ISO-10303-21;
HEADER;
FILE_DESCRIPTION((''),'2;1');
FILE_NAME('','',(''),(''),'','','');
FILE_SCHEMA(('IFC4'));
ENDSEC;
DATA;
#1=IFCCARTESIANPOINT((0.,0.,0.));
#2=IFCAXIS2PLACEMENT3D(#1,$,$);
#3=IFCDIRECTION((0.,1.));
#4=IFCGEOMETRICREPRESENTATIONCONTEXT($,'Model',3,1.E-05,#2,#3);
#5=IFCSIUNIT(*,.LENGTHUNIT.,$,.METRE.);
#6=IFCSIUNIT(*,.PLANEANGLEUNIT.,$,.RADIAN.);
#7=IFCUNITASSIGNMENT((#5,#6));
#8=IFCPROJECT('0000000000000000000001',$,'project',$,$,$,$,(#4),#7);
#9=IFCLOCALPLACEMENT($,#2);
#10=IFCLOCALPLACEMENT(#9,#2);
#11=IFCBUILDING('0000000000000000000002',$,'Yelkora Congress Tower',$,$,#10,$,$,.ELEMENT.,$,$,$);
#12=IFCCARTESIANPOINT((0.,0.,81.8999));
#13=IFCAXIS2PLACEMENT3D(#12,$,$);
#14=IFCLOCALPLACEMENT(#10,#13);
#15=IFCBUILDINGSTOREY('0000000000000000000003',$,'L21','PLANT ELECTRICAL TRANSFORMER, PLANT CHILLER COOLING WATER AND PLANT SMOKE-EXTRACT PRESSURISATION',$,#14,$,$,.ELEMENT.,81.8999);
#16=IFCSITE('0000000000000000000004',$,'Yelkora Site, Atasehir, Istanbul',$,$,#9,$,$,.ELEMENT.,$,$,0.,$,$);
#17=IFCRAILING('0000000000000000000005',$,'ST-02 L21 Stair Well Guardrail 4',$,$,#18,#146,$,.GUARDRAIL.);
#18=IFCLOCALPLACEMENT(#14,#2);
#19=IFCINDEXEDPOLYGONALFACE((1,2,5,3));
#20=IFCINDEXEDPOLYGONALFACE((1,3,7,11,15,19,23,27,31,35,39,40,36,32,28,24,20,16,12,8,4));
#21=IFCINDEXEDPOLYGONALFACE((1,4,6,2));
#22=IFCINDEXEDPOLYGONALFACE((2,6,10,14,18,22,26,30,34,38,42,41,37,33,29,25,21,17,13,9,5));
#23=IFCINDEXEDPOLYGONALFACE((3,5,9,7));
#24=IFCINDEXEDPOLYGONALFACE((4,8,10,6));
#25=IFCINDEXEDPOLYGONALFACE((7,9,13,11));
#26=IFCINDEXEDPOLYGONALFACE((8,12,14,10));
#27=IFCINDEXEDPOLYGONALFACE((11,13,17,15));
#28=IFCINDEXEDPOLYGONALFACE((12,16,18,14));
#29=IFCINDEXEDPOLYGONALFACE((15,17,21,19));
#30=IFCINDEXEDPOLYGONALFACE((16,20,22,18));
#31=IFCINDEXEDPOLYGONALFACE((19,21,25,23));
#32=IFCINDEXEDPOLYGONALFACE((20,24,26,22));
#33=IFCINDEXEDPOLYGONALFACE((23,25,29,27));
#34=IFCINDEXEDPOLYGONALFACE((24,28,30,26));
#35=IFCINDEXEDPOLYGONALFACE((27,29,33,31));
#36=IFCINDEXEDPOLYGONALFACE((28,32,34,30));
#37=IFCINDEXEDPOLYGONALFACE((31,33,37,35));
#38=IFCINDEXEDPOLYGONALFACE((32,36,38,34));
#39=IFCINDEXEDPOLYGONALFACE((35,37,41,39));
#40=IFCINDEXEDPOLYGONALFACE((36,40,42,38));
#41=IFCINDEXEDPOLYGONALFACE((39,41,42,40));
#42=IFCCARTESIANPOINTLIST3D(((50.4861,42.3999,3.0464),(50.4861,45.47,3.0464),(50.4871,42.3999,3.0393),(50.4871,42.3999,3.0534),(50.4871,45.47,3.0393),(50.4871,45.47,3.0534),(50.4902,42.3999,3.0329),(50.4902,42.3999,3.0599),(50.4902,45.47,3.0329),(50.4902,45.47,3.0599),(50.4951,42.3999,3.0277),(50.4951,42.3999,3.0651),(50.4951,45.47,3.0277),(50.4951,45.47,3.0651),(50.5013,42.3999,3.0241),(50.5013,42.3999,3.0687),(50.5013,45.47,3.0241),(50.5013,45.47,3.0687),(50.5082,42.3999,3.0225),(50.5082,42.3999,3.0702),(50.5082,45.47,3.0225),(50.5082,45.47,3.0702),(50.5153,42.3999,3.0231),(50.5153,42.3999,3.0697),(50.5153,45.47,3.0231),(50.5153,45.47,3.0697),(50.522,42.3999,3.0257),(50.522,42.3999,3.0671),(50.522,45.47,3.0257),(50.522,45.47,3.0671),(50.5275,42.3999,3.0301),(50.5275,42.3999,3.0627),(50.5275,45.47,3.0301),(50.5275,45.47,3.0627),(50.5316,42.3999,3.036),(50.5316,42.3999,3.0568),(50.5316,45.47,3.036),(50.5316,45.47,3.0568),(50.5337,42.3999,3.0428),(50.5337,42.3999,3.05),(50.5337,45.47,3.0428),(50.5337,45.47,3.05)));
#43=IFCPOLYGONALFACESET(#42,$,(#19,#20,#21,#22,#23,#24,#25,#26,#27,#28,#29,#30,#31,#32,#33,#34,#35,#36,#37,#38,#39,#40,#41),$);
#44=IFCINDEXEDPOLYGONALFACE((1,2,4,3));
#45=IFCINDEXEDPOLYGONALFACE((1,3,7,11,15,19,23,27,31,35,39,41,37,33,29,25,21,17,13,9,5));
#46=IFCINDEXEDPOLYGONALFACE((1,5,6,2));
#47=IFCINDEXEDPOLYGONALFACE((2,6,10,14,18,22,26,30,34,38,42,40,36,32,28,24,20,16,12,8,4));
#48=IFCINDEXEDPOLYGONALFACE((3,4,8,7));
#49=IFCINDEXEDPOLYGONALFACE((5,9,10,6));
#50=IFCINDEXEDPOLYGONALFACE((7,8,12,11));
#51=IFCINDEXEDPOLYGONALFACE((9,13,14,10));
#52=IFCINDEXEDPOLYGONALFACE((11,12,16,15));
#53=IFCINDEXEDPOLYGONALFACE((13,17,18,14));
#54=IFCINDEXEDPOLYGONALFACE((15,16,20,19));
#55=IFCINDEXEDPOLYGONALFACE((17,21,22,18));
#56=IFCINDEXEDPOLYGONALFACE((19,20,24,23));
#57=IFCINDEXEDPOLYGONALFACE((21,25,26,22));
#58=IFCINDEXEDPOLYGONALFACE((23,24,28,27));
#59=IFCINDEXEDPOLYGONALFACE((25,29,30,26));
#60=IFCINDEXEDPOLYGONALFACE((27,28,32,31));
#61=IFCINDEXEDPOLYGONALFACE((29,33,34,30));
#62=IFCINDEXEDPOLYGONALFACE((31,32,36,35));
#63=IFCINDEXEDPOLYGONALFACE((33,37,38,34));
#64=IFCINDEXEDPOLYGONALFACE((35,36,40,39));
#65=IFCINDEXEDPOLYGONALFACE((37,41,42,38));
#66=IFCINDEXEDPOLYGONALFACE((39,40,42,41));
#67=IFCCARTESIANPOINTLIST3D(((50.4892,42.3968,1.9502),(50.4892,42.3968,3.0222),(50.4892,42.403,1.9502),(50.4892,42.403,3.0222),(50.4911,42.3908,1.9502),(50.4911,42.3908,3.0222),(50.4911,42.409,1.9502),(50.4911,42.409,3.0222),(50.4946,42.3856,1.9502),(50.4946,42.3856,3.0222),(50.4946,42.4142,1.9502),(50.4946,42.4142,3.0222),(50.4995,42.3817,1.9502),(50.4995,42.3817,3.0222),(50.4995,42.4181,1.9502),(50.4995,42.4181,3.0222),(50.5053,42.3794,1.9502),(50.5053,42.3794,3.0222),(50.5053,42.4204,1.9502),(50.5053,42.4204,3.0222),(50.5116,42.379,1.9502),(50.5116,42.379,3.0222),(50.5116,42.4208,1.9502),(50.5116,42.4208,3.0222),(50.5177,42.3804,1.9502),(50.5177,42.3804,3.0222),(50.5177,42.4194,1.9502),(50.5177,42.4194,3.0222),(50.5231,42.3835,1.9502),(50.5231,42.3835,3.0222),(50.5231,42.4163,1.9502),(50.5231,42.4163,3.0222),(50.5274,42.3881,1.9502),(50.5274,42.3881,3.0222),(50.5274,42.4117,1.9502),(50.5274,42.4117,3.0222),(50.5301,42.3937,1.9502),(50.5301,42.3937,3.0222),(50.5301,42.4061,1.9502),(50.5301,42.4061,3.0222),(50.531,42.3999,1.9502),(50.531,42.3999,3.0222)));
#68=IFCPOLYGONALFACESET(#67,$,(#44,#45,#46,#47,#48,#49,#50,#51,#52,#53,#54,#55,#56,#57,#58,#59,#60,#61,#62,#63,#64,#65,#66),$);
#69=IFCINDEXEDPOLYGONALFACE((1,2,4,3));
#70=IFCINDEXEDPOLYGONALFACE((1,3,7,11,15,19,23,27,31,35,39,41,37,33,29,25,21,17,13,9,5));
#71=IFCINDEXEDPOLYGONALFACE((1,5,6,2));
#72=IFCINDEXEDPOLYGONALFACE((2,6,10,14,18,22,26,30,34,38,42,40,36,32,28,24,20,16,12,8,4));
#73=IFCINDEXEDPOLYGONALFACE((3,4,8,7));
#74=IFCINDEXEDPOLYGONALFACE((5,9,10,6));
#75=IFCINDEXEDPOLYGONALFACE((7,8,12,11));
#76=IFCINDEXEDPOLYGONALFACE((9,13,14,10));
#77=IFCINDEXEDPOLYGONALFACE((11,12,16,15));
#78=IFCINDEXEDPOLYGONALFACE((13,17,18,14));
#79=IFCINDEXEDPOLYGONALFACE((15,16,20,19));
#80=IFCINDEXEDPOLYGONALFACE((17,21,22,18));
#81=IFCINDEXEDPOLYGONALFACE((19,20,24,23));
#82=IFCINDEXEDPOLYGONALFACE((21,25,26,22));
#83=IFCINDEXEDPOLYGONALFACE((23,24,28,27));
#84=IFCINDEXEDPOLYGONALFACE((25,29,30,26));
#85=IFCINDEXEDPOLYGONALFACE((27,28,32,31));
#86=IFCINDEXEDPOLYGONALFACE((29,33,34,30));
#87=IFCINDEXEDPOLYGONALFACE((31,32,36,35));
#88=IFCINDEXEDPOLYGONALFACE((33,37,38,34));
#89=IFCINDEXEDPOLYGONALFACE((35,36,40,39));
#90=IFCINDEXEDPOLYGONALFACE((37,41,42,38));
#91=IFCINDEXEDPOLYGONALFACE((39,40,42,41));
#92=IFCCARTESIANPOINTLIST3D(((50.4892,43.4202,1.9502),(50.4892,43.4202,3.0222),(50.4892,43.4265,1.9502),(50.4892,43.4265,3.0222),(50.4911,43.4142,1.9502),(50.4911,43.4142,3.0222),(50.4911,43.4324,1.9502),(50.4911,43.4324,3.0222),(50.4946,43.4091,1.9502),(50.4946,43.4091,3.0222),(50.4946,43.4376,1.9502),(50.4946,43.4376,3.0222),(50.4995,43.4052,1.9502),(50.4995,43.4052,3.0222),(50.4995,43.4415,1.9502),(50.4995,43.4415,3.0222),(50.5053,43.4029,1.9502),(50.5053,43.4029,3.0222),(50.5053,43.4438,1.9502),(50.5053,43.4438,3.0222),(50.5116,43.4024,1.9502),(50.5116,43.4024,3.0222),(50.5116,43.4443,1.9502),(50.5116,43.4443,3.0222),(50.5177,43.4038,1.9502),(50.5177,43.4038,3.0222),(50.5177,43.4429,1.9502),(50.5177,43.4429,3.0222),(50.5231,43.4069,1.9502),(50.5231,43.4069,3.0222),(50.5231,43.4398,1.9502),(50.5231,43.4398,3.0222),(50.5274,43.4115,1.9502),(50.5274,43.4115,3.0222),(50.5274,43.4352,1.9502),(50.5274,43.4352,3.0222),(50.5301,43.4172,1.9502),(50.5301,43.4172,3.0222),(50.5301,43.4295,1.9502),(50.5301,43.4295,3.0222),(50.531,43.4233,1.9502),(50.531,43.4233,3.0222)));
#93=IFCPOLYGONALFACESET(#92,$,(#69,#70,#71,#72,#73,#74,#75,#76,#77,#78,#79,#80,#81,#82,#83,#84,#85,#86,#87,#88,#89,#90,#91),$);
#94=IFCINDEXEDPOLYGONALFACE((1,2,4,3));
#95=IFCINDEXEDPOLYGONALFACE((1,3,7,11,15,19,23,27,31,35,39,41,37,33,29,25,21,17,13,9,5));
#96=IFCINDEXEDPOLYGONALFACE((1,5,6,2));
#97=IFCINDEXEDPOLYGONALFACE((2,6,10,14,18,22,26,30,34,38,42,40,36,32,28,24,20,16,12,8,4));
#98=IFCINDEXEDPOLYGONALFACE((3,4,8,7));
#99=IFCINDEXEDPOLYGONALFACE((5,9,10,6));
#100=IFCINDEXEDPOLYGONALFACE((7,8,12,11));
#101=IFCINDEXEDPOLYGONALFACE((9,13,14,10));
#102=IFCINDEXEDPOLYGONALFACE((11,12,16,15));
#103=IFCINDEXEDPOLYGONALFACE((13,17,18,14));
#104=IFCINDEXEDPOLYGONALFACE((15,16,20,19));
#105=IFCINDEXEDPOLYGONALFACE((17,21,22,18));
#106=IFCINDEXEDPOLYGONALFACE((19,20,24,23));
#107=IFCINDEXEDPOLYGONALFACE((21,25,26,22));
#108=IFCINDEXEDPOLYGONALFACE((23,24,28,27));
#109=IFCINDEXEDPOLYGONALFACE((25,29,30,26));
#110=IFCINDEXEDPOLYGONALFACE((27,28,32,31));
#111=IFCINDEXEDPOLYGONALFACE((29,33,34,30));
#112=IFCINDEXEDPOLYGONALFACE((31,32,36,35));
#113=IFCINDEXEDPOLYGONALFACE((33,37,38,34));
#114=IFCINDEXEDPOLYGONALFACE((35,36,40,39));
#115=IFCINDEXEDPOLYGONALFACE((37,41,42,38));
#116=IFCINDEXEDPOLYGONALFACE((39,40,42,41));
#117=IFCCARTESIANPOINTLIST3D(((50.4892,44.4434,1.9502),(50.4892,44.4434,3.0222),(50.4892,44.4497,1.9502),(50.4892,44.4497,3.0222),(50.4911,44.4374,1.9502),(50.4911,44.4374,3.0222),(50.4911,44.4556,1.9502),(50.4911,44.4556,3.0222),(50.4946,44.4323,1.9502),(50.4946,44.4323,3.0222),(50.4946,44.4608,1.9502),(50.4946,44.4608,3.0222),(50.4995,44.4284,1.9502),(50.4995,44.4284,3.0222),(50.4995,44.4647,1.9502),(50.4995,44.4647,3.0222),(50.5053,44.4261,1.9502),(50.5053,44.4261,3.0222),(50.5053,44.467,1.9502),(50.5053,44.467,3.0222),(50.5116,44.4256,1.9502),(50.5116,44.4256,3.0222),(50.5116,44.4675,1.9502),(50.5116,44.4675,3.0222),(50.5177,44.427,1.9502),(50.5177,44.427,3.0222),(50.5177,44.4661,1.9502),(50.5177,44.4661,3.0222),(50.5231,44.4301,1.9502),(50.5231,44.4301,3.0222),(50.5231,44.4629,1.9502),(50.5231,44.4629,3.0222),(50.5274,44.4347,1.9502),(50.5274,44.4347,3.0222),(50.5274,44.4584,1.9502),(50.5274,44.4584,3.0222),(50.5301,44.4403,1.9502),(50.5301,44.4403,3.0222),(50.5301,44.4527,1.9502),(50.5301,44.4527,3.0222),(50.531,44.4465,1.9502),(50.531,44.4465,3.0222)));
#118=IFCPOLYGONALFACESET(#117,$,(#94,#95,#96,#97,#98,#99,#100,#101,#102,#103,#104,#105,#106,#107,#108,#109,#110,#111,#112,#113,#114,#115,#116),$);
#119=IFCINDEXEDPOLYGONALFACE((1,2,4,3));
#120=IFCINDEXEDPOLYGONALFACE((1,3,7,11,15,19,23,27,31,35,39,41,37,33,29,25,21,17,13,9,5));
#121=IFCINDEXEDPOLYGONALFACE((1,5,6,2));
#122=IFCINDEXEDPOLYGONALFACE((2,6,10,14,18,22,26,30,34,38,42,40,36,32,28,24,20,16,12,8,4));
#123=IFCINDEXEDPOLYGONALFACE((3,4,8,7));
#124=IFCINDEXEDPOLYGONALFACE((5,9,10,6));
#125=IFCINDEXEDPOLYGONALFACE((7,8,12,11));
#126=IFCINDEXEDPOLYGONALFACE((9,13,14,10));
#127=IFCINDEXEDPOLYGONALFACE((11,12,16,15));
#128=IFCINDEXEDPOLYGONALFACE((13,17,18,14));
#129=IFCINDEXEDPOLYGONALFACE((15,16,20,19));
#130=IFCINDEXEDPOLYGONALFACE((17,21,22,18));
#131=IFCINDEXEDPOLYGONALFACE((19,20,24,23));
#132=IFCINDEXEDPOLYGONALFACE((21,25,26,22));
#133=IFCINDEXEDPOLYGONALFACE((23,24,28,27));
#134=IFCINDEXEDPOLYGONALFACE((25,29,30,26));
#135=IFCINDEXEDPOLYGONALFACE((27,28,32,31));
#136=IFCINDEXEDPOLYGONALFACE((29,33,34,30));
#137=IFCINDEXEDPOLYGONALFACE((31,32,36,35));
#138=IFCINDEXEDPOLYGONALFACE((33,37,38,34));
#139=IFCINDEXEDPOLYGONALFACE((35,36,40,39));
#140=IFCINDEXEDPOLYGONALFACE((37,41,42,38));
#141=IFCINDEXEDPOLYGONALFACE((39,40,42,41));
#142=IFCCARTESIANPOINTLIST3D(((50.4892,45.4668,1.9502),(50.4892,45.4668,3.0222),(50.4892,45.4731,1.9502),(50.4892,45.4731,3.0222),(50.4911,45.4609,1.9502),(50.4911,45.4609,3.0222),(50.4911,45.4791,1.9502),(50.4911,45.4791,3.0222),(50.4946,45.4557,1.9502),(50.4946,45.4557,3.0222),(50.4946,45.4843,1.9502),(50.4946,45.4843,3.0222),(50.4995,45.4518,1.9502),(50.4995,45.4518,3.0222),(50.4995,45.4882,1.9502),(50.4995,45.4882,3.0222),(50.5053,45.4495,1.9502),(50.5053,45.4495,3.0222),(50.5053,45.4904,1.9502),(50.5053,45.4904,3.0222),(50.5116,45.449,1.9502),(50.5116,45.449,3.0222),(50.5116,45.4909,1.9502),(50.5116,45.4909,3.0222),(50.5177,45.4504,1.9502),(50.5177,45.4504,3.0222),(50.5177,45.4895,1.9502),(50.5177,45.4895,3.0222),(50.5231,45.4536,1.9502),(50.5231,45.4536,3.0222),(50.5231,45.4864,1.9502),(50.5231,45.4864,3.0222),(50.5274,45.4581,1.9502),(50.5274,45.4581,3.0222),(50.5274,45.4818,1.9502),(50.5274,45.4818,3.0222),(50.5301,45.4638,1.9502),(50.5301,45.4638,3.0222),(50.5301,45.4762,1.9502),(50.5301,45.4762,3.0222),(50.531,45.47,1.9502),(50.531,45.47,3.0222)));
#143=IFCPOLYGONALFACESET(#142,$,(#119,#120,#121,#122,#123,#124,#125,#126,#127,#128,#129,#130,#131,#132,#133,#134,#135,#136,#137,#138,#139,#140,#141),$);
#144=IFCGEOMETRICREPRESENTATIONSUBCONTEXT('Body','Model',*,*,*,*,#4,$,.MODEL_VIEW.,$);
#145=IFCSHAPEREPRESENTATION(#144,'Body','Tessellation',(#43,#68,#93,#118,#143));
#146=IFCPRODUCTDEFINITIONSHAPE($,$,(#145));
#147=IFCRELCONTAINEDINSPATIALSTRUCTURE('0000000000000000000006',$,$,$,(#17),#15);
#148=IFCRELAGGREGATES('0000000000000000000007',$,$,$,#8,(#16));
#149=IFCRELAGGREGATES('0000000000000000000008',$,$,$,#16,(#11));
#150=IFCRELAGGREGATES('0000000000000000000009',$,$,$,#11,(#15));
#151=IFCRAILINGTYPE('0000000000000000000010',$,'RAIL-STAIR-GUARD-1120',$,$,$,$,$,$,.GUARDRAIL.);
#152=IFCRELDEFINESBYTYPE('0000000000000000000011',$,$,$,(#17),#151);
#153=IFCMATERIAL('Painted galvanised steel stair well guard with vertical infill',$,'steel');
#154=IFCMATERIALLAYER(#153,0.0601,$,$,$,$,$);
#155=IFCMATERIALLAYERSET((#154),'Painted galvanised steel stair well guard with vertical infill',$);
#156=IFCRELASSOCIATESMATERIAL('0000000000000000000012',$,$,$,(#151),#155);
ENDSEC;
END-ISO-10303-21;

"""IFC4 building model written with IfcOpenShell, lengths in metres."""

from ifc_helpers import new_model, si_unit, direction, frame, origin, origin_2d, place, context, subcontext, project, spatial, circle, extrude, material, layer, layer_set, type_object, element, save


model = new_model("IFC4")

# Units and contexts
model_context = context("Model", 3, precision=1e-05, world=origin(), true_north=direction((0.0, 1.0)))
body_context = subcontext(model_context, "Body", "Model", "MODEL_VIEW")
ifc_project = project(units=[si_unit("LENGTHUNIT", "METRE"), si_unit("PLANEANGLEUNIT", "RADIAN")], contexts=[model_context])

# Site, building, storey
site_placement = place(None, origin())
site = spatial("IfcSite", under=ifc_project, at=site_placement, Name="Yelkora Site, Atasehir, Istanbul", CompositionType="ELEMENT", RefElevation=0.0)
building_placement = place(site_placement, origin())
building = spatial("IfcBuilding", under=site, at=building_placement, Name="Yelkora Congress Tower", CompositionType="ELEMENT")
storey_placement = place(building_placement, frame((0.0, 0.0, 81.8999)))
storey = spatial("IfcBuildingStorey", under=building, at=storey_placement, Name="L21", Description="PLANT ELECTRICAL TRANSFORMER, PLANT CHILLER COOLING WATER AND PLANT SMOKE-EXTRACT PRESSURISATION", CompositionType="ELEMENT", Elevation=81.8999)

# Railing
ifc_material_1 = material(Name="Painted galvanised steel stair well guard with vertical infill", Category="steel")
ifc_layer_1 = layer(ifc_material_1, 0.0601)
ifc_layer_set_1 = layer_set([ifc_layer_1], Name="Painted galvanised steel stair well guard with vertical infill")
railing_type_1 = type_object("IfcRailingType", Name="RAIL-STAIR-GUARD-1120", PredefinedType="GUARDRAIL", material=ifc_layer_set_1)
for number, where, name in (
    (1, (50.51, 42.3999, 1.9502), "ST-02 L21 Stair Well Guardrail 4"),
):
    element("IfcRailing", number, at=place(storey_placement, frame(where)), inside=storey, type_object=railing_type_1, Name=name, PredefinedType="GUARDRAIL", context=body_context, shape_type="SweptSolid", body=[
        extrude(circle(Radius=0.0239, at=origin_2d()), frame((0.0, 0.0, 1.0962), z_axis=(0.0, 1.0, 0.0), x_axis=(-1.0, 0.0, 0.0)), (0.0, 0.0, 1.0), 3.0701),
        extrude(circle(Radius=0.021, at=origin_2d()), origin(), (0.0, 0.0, 1.0), 1.072),
        extrude(circle(Radius=0.021, at=origin_2d()), frame((0.0, 1.0234, 0.0)), (0.0, 0.0, 1.0), 1.072),
        extrude(circle(Radius=0.021, at=origin_2d()), frame((0.0, 2.0466, 0.0)), (0.0, 0.0, 1.0), 1.072),
        extrude(circle(Radius=0.021, at=origin_2d()), frame((0.0, 3.0701, 0.0)), (0.0, 0.0, 1.0), 1.072),
    ])

save(model, "model.ifc")
